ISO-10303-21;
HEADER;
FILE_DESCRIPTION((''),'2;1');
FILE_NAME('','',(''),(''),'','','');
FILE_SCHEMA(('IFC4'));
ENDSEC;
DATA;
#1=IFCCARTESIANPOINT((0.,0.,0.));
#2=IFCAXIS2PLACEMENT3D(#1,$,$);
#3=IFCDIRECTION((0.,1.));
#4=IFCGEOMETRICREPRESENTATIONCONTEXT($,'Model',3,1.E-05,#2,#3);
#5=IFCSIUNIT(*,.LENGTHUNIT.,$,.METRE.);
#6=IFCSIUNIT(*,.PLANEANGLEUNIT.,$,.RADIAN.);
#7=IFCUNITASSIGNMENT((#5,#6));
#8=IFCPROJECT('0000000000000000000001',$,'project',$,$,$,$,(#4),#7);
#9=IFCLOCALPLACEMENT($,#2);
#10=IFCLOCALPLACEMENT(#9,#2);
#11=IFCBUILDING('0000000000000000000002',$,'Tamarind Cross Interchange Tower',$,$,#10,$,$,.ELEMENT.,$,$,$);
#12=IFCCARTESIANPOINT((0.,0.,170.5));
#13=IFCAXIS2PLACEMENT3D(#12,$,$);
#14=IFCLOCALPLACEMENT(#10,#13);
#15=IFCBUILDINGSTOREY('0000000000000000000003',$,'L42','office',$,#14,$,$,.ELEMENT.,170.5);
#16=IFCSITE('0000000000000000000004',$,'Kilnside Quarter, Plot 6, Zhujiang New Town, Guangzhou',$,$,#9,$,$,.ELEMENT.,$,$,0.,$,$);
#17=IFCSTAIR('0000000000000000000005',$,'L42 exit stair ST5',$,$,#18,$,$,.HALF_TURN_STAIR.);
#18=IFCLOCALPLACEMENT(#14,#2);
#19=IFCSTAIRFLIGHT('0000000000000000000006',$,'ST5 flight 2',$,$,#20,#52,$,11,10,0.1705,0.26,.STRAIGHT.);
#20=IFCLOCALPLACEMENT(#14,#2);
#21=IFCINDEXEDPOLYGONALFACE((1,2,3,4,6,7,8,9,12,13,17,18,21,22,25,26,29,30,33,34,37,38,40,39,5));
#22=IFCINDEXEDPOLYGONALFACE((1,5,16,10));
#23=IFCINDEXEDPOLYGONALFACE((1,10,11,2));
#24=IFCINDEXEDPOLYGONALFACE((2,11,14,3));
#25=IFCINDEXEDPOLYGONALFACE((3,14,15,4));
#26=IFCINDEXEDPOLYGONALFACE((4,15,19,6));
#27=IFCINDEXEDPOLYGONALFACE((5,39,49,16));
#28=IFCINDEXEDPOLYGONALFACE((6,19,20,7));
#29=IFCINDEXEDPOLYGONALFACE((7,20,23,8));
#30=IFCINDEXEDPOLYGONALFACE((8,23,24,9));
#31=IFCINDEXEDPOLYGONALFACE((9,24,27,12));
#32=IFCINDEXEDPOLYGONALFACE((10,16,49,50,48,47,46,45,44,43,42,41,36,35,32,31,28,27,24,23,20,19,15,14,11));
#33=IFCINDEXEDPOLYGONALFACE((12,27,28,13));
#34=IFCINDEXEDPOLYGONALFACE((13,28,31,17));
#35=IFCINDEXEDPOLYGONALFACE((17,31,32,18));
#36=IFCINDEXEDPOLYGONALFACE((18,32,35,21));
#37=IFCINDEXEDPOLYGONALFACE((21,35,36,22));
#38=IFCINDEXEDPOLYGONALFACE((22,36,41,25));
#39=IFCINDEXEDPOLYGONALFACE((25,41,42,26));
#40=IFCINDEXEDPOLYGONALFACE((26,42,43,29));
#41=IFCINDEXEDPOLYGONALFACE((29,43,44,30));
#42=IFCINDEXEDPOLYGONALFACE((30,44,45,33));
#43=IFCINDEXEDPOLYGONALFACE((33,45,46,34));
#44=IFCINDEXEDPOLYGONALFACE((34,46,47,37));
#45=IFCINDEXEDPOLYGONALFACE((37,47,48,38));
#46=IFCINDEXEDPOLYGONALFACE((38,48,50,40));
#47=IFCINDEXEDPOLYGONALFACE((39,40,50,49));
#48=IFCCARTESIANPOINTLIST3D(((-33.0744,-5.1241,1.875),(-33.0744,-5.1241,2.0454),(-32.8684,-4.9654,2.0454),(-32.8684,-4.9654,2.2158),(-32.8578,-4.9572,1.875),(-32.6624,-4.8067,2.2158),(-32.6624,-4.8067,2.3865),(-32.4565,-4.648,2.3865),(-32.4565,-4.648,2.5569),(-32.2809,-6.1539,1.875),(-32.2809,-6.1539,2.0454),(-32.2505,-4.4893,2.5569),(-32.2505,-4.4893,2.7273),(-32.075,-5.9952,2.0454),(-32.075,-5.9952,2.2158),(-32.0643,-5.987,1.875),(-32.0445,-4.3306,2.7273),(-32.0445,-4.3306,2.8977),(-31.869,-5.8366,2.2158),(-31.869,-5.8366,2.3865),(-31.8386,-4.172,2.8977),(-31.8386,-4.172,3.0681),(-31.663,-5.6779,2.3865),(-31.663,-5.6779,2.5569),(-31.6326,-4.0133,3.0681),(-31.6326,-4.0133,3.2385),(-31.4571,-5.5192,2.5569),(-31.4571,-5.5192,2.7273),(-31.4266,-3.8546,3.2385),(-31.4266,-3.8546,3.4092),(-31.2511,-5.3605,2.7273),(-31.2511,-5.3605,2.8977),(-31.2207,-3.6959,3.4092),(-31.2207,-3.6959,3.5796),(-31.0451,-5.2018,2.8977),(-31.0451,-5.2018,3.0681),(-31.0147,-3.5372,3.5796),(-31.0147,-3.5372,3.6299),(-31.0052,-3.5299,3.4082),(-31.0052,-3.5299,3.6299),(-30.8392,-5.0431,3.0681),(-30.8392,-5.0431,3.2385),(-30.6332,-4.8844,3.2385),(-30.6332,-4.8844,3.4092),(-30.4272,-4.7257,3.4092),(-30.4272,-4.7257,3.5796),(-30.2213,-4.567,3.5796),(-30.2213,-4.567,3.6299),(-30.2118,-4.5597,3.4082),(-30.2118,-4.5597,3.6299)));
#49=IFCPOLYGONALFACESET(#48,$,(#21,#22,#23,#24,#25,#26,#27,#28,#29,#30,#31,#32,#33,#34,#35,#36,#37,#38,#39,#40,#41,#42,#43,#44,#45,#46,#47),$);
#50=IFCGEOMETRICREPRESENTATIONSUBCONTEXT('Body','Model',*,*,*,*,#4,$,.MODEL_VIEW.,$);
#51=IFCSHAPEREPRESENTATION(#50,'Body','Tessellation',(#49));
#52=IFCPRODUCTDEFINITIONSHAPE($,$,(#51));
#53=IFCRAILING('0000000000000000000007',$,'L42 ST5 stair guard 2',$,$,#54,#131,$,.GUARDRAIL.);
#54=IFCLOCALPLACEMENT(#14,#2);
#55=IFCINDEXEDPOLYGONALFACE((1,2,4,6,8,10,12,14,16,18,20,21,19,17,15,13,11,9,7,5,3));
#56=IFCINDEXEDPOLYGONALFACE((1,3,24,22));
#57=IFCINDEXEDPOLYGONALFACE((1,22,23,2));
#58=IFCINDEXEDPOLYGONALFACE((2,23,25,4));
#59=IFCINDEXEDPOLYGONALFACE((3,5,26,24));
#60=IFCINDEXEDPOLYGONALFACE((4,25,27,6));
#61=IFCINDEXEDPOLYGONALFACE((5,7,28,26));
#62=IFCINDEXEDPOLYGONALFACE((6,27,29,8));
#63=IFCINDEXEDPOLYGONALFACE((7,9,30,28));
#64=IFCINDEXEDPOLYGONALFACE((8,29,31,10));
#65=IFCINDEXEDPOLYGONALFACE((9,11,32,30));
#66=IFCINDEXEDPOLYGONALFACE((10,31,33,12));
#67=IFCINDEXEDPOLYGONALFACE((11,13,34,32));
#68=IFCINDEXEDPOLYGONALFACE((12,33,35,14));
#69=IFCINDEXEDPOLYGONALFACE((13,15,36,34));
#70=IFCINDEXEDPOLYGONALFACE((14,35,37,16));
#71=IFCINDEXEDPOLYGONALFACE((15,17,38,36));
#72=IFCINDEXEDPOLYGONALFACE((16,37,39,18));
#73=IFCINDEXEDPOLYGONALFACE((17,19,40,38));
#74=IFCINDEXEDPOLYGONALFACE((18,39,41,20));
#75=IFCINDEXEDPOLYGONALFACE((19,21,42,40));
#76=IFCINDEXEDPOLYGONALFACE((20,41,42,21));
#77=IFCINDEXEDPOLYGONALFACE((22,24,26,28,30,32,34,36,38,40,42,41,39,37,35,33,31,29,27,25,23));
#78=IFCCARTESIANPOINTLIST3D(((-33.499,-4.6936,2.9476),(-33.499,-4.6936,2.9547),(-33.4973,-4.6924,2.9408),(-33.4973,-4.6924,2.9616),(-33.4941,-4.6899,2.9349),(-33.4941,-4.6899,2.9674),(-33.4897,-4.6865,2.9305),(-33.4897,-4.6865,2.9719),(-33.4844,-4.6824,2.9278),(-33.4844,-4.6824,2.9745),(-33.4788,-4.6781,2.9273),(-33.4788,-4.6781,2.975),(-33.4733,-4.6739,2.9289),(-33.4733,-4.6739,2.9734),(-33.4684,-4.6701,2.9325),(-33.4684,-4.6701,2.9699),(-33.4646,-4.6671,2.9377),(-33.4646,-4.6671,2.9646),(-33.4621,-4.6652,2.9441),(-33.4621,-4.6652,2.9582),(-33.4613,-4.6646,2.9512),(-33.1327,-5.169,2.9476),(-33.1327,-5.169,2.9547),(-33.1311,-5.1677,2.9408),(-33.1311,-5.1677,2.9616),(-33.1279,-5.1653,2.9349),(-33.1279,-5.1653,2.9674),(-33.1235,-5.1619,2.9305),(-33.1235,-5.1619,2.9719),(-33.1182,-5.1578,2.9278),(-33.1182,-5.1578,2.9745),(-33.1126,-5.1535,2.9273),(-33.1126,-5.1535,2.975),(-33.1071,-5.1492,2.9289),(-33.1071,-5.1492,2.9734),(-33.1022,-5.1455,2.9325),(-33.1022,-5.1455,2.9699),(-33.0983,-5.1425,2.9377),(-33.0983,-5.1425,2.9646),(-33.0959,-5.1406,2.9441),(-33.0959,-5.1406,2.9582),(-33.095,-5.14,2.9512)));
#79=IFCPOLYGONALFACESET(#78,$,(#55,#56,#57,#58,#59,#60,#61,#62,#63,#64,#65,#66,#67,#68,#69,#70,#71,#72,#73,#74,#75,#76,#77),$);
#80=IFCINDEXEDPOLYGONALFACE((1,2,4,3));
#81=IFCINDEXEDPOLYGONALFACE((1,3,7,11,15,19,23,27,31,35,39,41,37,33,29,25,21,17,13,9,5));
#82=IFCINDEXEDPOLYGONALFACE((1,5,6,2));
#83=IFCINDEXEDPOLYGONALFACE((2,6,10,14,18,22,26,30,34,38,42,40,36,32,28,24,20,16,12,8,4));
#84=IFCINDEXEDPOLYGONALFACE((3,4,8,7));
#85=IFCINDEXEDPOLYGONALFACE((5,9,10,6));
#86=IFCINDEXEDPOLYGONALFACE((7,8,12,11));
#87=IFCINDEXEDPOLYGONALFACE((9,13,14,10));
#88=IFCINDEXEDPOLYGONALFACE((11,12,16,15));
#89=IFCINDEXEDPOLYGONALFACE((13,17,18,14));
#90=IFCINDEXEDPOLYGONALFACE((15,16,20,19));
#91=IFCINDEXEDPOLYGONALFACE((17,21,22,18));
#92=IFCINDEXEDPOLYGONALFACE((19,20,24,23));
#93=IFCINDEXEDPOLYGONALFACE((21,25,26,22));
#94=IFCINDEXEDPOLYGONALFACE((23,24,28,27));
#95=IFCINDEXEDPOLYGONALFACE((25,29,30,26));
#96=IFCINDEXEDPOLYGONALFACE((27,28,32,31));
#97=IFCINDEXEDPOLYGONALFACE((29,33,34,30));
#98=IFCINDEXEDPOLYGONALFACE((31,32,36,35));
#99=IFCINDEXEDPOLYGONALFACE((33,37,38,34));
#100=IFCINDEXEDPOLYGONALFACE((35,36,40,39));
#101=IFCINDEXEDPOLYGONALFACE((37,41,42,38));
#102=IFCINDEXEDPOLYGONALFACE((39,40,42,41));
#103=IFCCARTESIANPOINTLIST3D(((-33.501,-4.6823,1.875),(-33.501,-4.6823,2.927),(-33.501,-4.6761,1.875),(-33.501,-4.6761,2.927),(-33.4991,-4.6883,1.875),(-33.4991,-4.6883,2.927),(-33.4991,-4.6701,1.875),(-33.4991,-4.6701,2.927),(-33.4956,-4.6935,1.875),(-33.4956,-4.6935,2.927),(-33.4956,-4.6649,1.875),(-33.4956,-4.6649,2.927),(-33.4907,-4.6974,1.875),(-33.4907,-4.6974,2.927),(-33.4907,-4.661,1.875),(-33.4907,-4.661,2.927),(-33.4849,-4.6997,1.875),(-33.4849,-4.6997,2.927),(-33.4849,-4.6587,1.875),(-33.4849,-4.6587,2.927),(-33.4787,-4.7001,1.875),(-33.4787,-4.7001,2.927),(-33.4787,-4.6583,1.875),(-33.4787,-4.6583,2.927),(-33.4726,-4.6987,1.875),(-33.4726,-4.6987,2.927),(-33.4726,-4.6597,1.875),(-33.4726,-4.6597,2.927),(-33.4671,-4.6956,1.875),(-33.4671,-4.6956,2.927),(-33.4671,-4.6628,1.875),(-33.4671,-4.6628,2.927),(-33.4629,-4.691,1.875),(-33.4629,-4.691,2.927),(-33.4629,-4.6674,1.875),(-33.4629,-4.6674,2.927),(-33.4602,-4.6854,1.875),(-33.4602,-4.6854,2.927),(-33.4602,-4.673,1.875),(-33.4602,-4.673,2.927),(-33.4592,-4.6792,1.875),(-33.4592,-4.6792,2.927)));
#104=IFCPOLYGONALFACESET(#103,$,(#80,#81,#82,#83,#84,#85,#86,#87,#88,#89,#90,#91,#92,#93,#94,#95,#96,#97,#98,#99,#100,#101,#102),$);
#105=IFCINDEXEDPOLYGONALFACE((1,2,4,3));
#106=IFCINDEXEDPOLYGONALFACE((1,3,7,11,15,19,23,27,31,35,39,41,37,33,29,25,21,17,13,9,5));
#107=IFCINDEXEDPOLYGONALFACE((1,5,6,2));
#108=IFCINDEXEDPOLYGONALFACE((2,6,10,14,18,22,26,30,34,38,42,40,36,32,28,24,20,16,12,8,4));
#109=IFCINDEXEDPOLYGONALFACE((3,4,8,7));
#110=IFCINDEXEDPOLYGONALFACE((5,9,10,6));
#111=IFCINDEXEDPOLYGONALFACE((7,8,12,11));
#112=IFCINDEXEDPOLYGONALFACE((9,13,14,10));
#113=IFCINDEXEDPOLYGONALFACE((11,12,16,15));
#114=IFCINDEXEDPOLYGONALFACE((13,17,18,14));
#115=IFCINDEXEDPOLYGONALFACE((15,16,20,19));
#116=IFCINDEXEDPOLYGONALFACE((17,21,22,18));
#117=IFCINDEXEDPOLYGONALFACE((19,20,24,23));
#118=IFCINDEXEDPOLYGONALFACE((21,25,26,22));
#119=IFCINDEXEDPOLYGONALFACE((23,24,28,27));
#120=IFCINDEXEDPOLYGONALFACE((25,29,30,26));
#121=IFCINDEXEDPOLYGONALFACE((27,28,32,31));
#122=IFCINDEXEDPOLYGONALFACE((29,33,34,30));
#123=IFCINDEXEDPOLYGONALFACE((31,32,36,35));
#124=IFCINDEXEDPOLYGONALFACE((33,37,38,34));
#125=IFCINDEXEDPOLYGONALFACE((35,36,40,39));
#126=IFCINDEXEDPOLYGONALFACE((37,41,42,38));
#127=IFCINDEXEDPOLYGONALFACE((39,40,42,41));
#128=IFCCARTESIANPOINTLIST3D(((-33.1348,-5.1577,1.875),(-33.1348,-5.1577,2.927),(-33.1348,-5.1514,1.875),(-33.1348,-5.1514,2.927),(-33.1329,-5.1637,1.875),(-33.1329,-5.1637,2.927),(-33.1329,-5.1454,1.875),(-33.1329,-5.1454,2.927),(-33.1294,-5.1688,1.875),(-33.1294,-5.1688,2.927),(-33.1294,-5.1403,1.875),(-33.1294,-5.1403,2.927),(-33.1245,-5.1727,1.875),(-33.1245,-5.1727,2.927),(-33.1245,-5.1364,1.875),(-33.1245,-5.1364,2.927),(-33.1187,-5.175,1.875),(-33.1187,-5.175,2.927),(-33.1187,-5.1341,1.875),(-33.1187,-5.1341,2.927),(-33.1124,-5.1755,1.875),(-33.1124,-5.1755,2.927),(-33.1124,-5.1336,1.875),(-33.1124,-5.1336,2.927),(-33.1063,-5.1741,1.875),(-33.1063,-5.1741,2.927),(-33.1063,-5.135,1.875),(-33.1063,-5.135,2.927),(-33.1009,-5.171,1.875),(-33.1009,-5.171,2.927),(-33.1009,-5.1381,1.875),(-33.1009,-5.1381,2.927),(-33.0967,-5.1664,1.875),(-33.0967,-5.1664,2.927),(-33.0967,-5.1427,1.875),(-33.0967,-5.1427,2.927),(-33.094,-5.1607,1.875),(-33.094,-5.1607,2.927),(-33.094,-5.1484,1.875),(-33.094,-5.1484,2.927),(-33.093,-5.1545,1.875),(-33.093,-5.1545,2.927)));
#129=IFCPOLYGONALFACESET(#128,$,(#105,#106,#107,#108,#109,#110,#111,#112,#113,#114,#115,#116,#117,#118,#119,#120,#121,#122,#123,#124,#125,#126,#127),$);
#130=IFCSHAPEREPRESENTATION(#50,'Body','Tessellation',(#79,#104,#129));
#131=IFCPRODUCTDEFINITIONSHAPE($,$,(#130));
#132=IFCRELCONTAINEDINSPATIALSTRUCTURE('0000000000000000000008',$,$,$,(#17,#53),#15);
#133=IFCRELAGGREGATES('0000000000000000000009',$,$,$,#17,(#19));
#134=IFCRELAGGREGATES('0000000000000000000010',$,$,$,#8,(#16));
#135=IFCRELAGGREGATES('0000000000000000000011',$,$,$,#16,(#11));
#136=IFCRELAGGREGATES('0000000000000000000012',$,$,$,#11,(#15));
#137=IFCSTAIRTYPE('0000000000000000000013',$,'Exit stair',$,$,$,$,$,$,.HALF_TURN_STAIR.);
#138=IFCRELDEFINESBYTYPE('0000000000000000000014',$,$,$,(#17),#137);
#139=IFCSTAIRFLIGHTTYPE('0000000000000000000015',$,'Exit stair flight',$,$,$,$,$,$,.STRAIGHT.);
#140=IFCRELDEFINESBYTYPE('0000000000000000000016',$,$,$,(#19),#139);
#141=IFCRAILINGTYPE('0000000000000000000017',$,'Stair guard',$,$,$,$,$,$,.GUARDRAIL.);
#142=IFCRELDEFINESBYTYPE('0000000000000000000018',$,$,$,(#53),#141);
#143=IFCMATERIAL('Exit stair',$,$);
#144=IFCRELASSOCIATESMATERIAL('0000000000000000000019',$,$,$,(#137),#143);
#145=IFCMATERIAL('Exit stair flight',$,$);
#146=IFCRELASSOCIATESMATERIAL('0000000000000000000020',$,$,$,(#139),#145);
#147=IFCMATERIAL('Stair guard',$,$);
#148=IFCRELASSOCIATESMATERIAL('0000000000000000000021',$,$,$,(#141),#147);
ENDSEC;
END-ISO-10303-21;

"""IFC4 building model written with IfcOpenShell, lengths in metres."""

from ifc_helpers import new_model, si_unit, direction, frame, origin, origin_2d, place, context, subcontext, project, spatial, polyline, circle, outline, extrude, material, type_object, element, aggregate, save


model = new_model("IFC4")

# Units and contexts
model_context = context("Model", 3, precision=1e-05, world=origin(), true_north=direction((0.0, 1.0)))
body_context = subcontext(model_context, "Body", "Model", "MODEL_VIEW")
ifc_project = project(units=[si_unit("LENGTHUNIT", "METRE"), si_unit("PLANEANGLEUNIT", "RADIAN")], contexts=[model_context])

# Site, building, storey
site_placement = place(None, origin())
site = spatial("IfcSite", under=ifc_project, at=site_placement, Name="Kilnside Quarter, Plot 6, Zhujiang New Town, Guangzhou", CompositionType="ELEMENT", RefElevation=0.0)
building_placement = place(site_placement, origin())
building = spatial("IfcBuilding", under=site, at=building_placement, Name="Tamarind Cross Interchange Tower", CompositionType="ELEMENT")
storey_placement = place(building_placement, frame((0.0, 0.0, 170.5)))
storey = spatial("IfcBuildingStorey", under=building, at=storey_placement, Name="L42", Description="office", CompositionType="ELEMENT", Elevation=170.5)

# Stair, stair flight
ifc_material_1 = material(Name="Exit stair")
stair_type = type_object("IfcStairType", Name="Exit stair", PredefinedType="HALF_TURN_STAIR", material=ifc_material_1)
stair_placement = place(storey_placement, origin())
stair = element("IfcStair", 1, at=stair_placement, inside=storey, type_object=stair_type, Name="L42 exit stair ST5", PredefinedType="HALF_TURN_STAIR")
ifc_material_2 = material(Name="Exit stair flight")
stair_flight_type = type_object("IfcStairFlightType", Name="Exit stair flight", PredefinedType="STRAIGHT", material=ifc_material_2)
stair_flight_placement = place(storey_placement, frame((-32.6777, -5.6389, 1.875), z_axis=(0.0, 0.0, 1.0), x_axis=(0.792153, 0.610322, 0.0)))
stair_flight = element("IfcStairFlight", 2, at=stair_flight_placement, type_object=stair_flight_type, Name="ST5 flight 2", NumberOfRisers=11, NumberOfTreads=10, PredefinedType="STRAIGHT", RiserHeight=0.1705, TreadLength=0.26, context=body_context, shape_type="SweptSolid", body=[
    extrude(outline(polyline([(0.0, 0.0), (0.0, 0.1704), (0.26, 0.1704), (0.26, 0.3408), (0.52, 0.3408), (0.52, 0.5115), (0.78, 0.5115), (0.78, 0.6819), (1.04, 0.6819), (1.04, 0.8523), (1.3, 0.8523), (1.3, 1.0227), (1.5601, 1.0227), (1.5601, 1.1931), (1.8201, 1.1931), (1.8201, 1.3635), (2.0801, 1.3635), (2.0801, 1.5342), (2.3401, 1.5342), (2.3401, 1.7046), (2.6001, 1.7046), (2.6001, 1.7549), (2.6121, 1.7549), (2.6121, 1.5332), (0.2734, 0.0), (0.0, 0.0)])), frame((0.0, 0.6499, 0.0), z_axis=(0.0, -1.0, 0.0), x_axis=(1.0, 0.0, 0.0)), (0.0, 0.0, 1.0), 1.3),
])
aggregate(stair, [stair_flight])

# Railing
ifc_material_3 = material(Name="Stair guard")
railing_type_1 = type_object("IfcRailingType", Name="Stair guard", PredefinedType="GUARDRAIL", material=ifc_material_3)
railing_1_placement = place(storey_placement, frame((-33.4802, -4.6792, 1.875)))
element("IfcRailing", 3, at=railing_1_placement, inside=storey, type_object=railing_type_1, Name="L42 ST5 stair guard 2", PredefinedType="GUARDRAIL", context=body_context, shape_type="SweptSolid", body=[
    extrude(circle(Radius=0.0239, at=origin_2d()), frame((0.0, 0.0, 1.0762), z_axis=(0.6103, -0.79217, 0.0), x_axis=(0.79217, 0.6103, 0.0)), (0.0, 0.0, 1.0), 0.6001),
    extrude(circle(Radius=0.021, at=origin_2d()), origin(), (0.0, 0.0, 1.0), 1.052),
    extrude(circle(Radius=0.021, at=origin_2d()), frame((0.3662, -0.4753, 0.0)), (0.0, 0.0, 1.0), 1.052),
])

save(model, "model.ifc")
